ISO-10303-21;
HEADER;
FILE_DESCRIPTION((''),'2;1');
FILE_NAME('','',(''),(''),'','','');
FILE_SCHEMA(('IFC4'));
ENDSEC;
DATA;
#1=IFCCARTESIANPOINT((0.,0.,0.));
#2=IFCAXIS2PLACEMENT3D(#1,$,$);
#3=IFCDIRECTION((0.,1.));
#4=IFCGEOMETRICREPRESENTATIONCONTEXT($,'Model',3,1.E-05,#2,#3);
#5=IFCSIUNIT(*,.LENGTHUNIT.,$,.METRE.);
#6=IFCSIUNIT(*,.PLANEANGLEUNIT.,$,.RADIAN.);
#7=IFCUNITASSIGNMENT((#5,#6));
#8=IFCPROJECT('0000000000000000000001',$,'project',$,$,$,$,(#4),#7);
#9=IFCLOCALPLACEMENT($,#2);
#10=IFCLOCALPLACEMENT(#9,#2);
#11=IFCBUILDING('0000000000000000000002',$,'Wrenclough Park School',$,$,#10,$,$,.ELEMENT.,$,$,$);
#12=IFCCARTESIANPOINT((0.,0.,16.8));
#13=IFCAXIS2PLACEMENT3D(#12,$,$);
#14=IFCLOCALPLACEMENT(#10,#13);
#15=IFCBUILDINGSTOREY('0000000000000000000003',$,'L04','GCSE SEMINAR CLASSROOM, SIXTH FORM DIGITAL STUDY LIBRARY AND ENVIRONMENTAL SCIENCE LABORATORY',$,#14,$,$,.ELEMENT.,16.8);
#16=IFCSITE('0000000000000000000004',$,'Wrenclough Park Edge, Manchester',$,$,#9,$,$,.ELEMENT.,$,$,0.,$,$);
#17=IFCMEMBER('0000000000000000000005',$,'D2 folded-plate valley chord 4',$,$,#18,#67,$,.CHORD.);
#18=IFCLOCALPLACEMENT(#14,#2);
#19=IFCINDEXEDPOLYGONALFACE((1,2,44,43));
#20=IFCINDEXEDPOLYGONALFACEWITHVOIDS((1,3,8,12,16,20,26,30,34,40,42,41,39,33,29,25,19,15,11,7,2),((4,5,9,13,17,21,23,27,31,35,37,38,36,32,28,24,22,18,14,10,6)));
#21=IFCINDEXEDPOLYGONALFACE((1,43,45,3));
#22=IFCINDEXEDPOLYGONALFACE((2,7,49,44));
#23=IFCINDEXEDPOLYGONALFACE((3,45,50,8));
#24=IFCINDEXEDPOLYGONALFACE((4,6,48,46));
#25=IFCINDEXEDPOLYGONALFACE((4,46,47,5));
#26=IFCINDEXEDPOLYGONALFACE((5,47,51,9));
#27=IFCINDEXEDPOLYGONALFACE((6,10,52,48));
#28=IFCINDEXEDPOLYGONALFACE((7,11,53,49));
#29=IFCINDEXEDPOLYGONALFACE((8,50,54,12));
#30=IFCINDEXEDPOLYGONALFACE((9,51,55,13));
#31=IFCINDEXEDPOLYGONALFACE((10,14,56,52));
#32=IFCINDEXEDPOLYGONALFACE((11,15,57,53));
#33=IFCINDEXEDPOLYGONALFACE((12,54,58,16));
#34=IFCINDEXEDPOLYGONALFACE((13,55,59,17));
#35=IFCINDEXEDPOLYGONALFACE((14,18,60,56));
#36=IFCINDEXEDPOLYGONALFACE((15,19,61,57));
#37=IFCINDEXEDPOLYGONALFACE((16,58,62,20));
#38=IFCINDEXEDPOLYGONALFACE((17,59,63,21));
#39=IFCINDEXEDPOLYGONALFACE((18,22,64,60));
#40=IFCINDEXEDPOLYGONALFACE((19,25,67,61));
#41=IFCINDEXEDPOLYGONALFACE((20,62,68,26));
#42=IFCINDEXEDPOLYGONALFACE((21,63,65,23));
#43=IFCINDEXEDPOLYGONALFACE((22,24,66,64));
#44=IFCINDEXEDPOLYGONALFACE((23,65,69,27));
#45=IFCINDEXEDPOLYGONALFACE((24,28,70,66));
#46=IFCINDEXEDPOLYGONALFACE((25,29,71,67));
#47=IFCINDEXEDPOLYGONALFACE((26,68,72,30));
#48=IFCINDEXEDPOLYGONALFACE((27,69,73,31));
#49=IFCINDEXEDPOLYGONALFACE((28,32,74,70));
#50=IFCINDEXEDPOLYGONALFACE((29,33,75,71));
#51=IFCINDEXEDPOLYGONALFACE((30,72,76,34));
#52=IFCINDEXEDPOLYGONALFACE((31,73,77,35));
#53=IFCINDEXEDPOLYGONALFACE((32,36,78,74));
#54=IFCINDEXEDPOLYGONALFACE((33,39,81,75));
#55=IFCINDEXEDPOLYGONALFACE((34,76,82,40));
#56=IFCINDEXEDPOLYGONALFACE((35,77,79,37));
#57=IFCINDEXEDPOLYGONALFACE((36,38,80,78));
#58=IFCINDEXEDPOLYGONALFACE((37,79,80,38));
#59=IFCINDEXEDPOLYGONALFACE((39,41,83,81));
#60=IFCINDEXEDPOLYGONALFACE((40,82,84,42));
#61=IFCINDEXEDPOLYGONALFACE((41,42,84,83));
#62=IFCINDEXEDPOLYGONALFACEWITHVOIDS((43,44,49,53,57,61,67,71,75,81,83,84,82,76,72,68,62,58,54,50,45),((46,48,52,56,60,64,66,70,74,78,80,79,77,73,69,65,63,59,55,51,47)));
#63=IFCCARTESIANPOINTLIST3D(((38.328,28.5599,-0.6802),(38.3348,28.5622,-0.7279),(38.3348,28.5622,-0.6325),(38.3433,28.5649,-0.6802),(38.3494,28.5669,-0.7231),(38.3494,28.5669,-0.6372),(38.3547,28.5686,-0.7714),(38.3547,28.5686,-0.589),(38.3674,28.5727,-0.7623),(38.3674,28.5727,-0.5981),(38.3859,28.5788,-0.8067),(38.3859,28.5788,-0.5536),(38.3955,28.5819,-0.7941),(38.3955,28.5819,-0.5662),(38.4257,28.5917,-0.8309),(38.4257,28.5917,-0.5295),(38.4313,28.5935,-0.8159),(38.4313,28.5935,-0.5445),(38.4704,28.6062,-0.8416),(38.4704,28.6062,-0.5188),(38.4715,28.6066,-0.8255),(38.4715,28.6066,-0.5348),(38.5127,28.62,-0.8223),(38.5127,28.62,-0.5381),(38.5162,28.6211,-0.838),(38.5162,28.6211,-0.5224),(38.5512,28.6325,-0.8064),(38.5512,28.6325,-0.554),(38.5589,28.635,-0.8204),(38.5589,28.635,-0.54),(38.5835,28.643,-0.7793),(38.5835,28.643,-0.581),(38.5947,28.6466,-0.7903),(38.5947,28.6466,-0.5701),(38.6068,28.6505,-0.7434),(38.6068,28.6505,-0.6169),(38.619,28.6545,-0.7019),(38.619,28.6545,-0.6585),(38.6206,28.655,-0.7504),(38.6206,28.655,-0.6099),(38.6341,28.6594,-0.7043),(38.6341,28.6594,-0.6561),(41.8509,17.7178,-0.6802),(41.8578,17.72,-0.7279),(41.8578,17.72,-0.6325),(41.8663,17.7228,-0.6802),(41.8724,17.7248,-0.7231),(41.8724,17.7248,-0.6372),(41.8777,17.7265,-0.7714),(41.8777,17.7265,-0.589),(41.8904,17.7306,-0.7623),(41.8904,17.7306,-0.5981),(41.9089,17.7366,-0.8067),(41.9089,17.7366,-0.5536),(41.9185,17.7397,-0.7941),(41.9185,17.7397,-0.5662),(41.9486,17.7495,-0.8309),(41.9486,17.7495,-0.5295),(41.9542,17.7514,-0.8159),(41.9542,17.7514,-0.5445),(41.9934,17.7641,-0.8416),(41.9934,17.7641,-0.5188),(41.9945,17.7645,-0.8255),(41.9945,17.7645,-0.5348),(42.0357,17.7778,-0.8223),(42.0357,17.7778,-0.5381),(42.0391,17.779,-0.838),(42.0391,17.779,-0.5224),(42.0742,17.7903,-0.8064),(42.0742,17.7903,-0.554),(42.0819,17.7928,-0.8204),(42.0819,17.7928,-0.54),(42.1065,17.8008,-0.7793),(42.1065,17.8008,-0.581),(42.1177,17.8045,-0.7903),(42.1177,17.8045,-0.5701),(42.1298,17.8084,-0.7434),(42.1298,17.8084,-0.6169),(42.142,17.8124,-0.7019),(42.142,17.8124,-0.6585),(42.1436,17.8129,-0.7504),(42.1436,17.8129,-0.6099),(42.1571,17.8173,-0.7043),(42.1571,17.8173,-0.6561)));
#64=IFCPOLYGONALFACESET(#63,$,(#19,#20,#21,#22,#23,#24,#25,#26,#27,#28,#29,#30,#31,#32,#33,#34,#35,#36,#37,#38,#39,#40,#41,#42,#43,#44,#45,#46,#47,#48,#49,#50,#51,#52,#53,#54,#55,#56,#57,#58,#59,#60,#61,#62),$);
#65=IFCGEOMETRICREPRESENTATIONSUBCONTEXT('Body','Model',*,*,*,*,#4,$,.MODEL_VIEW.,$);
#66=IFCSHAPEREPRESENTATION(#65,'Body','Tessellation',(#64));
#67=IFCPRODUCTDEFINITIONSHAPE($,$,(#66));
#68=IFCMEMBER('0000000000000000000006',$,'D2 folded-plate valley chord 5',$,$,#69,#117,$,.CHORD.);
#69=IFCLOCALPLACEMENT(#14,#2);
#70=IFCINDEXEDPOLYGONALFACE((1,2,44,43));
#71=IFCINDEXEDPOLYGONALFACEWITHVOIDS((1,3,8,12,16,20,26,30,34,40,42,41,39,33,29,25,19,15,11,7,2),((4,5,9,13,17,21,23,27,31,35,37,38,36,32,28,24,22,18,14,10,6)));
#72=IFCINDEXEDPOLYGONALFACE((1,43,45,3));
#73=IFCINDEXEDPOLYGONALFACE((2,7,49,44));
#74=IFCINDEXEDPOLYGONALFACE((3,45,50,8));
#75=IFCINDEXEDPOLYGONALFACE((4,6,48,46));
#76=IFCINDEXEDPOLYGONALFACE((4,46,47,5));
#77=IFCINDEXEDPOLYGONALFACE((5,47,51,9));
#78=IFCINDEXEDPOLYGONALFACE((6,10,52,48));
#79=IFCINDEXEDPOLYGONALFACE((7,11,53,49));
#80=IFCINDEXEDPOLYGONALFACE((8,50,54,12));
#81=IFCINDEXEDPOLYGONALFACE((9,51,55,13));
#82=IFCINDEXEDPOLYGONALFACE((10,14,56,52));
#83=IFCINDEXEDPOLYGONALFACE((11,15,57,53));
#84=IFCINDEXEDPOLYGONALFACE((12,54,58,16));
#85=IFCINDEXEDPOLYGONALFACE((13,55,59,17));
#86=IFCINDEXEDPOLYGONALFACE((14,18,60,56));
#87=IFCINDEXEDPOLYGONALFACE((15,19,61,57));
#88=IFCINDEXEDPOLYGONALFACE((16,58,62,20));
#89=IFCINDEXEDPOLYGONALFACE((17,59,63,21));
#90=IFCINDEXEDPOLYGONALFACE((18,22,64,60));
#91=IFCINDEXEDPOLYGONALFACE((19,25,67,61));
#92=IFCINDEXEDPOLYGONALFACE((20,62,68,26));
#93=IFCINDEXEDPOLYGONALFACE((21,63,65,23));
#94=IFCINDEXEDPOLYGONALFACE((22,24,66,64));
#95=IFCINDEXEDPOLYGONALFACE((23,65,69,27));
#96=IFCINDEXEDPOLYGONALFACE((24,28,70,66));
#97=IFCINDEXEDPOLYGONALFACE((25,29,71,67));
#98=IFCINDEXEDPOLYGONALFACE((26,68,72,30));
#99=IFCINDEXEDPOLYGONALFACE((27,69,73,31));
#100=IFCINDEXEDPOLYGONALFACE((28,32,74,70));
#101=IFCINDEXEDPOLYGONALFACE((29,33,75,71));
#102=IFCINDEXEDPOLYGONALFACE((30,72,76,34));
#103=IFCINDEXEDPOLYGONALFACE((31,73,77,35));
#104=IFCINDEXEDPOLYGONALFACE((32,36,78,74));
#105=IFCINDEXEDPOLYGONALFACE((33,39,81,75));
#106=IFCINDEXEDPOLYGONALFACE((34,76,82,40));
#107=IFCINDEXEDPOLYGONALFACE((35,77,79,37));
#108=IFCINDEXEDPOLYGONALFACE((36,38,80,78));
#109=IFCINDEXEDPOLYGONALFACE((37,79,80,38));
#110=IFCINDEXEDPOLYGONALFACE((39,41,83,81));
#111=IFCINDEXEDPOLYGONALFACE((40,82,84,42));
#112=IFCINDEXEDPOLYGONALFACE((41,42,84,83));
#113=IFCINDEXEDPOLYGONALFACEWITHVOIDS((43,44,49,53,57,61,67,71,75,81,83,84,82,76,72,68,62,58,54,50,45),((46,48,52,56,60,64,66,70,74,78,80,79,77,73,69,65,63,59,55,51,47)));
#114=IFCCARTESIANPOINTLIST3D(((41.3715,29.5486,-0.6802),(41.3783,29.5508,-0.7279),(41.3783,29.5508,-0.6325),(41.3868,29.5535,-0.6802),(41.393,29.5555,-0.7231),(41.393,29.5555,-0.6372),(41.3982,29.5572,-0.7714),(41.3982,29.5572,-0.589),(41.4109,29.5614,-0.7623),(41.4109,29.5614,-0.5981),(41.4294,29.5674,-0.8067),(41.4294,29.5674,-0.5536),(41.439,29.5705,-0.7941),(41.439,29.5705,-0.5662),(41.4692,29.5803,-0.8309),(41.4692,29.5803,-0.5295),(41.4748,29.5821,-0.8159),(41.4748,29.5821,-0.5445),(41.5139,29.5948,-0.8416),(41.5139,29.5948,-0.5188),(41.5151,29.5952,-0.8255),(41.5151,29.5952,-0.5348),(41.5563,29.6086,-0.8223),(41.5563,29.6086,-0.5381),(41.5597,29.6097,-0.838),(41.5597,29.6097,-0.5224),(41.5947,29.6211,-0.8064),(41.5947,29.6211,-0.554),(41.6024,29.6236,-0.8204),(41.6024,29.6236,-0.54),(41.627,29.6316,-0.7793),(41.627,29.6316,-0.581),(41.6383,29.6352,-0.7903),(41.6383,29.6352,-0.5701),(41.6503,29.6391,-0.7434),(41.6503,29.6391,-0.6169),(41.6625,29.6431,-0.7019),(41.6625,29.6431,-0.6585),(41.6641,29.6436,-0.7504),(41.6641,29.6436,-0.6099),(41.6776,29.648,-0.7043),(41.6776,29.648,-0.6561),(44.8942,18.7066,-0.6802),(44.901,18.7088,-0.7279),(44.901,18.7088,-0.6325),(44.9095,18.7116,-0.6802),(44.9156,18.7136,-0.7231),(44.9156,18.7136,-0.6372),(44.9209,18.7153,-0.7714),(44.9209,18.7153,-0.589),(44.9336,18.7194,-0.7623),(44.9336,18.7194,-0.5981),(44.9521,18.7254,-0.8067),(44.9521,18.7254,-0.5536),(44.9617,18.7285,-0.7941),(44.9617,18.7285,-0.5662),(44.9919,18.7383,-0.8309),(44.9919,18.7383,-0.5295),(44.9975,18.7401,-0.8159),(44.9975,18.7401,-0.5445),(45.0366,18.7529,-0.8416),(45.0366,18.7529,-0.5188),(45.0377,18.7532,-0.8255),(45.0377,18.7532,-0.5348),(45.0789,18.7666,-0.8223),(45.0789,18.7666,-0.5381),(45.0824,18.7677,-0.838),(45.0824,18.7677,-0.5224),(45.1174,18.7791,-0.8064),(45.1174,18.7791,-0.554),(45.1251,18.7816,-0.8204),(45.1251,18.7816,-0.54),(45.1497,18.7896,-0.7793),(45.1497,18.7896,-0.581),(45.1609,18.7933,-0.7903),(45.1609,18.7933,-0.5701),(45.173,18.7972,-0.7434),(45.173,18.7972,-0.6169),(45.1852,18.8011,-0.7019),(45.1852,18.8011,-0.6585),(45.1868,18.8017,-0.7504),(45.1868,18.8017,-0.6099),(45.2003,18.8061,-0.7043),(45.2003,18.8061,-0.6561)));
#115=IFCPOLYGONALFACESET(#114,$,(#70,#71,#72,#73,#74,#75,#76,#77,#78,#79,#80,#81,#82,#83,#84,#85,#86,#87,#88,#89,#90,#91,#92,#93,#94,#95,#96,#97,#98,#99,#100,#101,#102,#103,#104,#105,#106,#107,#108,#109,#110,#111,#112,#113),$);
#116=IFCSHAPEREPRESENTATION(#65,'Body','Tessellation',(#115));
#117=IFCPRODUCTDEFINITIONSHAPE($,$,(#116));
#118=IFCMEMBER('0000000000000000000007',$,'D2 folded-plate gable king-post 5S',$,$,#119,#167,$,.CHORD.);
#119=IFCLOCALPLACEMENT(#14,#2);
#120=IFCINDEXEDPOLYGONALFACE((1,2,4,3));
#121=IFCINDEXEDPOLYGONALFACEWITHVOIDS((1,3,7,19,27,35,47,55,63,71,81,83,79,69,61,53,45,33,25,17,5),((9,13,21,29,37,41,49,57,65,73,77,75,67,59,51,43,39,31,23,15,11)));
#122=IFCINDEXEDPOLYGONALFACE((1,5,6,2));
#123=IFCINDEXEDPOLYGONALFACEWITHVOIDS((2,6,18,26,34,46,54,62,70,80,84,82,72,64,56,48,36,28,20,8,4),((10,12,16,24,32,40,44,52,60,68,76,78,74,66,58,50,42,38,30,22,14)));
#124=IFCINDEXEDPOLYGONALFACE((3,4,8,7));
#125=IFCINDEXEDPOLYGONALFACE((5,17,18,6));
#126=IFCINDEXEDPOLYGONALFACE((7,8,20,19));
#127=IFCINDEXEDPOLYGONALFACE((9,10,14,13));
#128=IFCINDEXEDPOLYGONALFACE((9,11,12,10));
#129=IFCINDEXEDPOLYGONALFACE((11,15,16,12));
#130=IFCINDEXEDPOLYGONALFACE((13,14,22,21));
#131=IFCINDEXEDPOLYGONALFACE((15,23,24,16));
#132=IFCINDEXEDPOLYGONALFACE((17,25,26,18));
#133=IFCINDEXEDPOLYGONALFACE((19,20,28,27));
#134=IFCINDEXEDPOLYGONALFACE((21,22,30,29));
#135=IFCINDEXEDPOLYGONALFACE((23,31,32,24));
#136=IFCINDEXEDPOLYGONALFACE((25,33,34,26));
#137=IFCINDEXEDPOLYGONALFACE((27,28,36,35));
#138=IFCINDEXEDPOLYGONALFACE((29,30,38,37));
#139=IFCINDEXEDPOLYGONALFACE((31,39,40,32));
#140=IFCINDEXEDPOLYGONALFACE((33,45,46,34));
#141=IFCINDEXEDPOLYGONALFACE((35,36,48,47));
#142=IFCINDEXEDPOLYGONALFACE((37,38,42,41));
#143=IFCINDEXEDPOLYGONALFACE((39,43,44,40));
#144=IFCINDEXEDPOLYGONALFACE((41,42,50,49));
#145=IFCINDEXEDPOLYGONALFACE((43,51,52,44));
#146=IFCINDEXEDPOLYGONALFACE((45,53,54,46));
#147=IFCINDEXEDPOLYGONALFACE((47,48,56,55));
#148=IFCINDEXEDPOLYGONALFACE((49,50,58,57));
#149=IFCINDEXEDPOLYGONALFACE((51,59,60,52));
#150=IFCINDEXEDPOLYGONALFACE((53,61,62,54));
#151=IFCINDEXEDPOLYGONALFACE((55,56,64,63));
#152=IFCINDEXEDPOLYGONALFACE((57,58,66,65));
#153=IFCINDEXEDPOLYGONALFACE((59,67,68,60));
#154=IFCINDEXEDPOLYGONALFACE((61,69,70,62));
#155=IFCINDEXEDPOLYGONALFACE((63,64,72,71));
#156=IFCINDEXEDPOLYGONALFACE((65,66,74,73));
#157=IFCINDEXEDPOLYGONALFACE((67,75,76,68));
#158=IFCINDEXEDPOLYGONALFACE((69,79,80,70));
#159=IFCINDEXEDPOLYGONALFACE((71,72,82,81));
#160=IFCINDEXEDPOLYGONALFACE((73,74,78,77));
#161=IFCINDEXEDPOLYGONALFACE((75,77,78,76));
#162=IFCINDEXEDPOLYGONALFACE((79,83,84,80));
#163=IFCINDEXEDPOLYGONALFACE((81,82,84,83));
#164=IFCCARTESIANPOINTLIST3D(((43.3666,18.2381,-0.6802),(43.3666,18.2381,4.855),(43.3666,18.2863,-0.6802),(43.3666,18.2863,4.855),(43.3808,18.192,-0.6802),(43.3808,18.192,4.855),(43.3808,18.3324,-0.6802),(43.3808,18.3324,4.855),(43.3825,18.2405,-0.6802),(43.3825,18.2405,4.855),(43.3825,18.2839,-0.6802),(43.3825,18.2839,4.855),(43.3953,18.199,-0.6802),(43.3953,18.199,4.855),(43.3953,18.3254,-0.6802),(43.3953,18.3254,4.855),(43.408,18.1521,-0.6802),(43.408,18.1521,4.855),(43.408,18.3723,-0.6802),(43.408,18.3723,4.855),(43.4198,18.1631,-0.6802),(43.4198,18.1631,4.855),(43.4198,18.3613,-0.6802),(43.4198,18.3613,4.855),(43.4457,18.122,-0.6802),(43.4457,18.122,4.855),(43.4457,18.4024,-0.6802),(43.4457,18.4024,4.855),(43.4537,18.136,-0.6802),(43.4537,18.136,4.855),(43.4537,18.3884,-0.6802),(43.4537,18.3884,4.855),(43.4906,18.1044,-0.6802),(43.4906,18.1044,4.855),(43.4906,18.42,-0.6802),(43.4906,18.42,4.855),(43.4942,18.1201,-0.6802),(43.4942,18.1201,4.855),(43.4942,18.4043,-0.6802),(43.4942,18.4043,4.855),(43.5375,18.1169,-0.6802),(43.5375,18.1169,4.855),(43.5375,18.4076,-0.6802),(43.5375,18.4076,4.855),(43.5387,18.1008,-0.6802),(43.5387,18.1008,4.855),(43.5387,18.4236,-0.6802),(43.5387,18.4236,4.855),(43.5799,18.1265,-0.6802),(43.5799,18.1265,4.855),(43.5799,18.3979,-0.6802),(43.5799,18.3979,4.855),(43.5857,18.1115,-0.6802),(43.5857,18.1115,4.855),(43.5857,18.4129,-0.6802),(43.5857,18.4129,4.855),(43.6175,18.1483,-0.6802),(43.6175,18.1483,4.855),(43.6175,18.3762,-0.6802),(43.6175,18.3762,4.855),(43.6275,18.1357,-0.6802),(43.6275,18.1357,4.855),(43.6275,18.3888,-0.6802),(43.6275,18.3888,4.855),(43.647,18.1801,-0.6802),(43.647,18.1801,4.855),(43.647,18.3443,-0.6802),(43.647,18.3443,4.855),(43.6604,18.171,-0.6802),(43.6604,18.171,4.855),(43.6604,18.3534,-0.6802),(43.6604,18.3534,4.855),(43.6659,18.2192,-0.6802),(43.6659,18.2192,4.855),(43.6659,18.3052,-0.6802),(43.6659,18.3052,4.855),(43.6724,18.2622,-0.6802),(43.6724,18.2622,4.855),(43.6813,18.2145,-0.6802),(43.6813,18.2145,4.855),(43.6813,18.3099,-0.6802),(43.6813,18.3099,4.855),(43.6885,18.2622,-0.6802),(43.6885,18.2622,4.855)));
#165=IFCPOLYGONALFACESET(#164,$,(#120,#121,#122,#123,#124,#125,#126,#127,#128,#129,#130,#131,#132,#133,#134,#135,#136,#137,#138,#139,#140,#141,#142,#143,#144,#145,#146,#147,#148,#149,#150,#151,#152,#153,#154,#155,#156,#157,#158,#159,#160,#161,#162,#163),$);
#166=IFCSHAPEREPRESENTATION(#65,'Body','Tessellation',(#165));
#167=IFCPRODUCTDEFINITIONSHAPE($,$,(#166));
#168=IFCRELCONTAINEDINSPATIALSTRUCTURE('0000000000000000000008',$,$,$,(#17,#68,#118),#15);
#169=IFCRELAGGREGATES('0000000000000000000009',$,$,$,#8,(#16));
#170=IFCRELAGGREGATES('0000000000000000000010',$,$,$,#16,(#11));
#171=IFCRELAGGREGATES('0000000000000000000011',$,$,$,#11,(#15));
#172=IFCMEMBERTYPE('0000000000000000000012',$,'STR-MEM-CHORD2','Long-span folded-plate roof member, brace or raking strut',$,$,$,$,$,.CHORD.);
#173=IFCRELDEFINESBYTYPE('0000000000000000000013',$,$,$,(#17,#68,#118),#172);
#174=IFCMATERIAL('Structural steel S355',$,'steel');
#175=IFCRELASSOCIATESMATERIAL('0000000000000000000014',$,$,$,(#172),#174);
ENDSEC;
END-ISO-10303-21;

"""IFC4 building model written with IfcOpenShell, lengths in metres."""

from ifc_helpers import new_model, si_unit, direction, frame, origin, origin_2d, place, context, subcontext, project, spatial, hollow_circle, extrude, material, material_profile, profile_set, type_object, element, save


model = new_model("IFC4")

# Units and contexts
model_context = context("Model", 3, precision=1e-05, world=origin(), true_north=direction((0.0, 1.0)))
body_context = subcontext(model_context, "Body", "Model", "MODEL_VIEW")
ifc_project = project(units=[si_unit("LENGTHUNIT", "METRE"), si_unit("PLANEANGLEUNIT", "RADIAN")], contexts=[model_context])

# Site, building, storey
site_placement = place(None, origin())
site = spatial("IfcSite", under=ifc_project, at=site_placement, Name="Wrenclough Park Edge, Manchester", CompositionType="ELEMENT", RefElevation=0.0)
building_placement = place(site_placement, origin())
building = spatial("IfcBuilding", under=site, at=building_placement, Name="Wrenclough Park School", CompositionType="ELEMENT")
storey_placement = place(building_placement, frame((0.0, 0.0, 16.8)))
storey = spatial("IfcBuildingStorey", under=building, at=storey_placement, Name="L04", Description="GCSE SEMINAR CLASSROOM, SIXTH FORM DIGITAL STUDY LIBRARY AND ENVIRONMENTAL SCIENCE LABORATORY", CompositionType="ELEMENT", Elevation=16.8)

# Shared definitions
ifc_material_1 = material(Name="Structural steel S355", Category="steel")

# Members
ifc_material_profile_1 = material_profile(ifc_material_1, hollow_circle(Radius=0.1619, WallThickness=0.0161, at=origin_2d()), Name="CHS 323.9x16.0")
ifc_profile_set_1 = profile_set([ifc_material_profile_1], Name="Structural steel S355")
member_type_1 = type_object("IfcMemberType", Name="STR-MEM-CHORD2", Description="Long-span folded-plate roof member, brace or raking strut", PredefinedType="CHORD", material=ifc_profile_set_1)
member_1_placement = place(storey_placement, frame((42.0049, 17.7678, -0.6802), z_axis=(-0.309029, 0.951052, 0.0), x_axis=(-0.951052, -0.309029, 0.0)))
element("IfcMember", 1, at=member_1_placement, inside=storey, type_object=member_type_1, Name="D2 folded-plate valley chord 4", PredefinedType="CHORD", context=body_context, shape_type="SweptSolid", body=[
    extrude(hollow_circle(Radius=0.1619, WallThickness=0.0161, at=origin_2d()), origin(), (0.0, 0.0, 1.0), 11.4001),
])
member_2_placement = place(storey_placement, frame((45.0481, 18.7566, -0.6802), z_axis=(-0.30901, 0.951059, 0.0), x_axis=(-0.951059, -0.30901, 0.0)))
element("IfcMember", 2, at=member_2_placement, inside=storey, type_object=member_type_1, Name="D2 folded-plate valley chord 5", PredefinedType="CHORD", context=body_context, shape_type="SweptSolid", body=[
    extrude(hollow_circle(Radius=0.1619, WallThickness=0.0161, at=origin_2d()), origin(), (0.0, 0.0, 1.0), 11.3999),
])
member_3_placement = place(storey_placement, frame((43.5266, 18.2622, -0.6802), z_axis=(0.0, 0.0, 1.0), x_axis=(1.0, 0.0, 0.0)))
element("IfcMember", 3, at=member_3_placement, inside=storey, type_object=member_type_1, Name="D2 folded-plate gable king-post 5S", PredefinedType="CHORD", context=body_context, shape_type="SweptSolid", body=[
    extrude(hollow_circle(Radius=0.1619, WallThickness=0.0161, at=origin_2d()), origin(), (0.0, 0.0, 1.0), 5.5352),
])

save(model, "model.ifc")
